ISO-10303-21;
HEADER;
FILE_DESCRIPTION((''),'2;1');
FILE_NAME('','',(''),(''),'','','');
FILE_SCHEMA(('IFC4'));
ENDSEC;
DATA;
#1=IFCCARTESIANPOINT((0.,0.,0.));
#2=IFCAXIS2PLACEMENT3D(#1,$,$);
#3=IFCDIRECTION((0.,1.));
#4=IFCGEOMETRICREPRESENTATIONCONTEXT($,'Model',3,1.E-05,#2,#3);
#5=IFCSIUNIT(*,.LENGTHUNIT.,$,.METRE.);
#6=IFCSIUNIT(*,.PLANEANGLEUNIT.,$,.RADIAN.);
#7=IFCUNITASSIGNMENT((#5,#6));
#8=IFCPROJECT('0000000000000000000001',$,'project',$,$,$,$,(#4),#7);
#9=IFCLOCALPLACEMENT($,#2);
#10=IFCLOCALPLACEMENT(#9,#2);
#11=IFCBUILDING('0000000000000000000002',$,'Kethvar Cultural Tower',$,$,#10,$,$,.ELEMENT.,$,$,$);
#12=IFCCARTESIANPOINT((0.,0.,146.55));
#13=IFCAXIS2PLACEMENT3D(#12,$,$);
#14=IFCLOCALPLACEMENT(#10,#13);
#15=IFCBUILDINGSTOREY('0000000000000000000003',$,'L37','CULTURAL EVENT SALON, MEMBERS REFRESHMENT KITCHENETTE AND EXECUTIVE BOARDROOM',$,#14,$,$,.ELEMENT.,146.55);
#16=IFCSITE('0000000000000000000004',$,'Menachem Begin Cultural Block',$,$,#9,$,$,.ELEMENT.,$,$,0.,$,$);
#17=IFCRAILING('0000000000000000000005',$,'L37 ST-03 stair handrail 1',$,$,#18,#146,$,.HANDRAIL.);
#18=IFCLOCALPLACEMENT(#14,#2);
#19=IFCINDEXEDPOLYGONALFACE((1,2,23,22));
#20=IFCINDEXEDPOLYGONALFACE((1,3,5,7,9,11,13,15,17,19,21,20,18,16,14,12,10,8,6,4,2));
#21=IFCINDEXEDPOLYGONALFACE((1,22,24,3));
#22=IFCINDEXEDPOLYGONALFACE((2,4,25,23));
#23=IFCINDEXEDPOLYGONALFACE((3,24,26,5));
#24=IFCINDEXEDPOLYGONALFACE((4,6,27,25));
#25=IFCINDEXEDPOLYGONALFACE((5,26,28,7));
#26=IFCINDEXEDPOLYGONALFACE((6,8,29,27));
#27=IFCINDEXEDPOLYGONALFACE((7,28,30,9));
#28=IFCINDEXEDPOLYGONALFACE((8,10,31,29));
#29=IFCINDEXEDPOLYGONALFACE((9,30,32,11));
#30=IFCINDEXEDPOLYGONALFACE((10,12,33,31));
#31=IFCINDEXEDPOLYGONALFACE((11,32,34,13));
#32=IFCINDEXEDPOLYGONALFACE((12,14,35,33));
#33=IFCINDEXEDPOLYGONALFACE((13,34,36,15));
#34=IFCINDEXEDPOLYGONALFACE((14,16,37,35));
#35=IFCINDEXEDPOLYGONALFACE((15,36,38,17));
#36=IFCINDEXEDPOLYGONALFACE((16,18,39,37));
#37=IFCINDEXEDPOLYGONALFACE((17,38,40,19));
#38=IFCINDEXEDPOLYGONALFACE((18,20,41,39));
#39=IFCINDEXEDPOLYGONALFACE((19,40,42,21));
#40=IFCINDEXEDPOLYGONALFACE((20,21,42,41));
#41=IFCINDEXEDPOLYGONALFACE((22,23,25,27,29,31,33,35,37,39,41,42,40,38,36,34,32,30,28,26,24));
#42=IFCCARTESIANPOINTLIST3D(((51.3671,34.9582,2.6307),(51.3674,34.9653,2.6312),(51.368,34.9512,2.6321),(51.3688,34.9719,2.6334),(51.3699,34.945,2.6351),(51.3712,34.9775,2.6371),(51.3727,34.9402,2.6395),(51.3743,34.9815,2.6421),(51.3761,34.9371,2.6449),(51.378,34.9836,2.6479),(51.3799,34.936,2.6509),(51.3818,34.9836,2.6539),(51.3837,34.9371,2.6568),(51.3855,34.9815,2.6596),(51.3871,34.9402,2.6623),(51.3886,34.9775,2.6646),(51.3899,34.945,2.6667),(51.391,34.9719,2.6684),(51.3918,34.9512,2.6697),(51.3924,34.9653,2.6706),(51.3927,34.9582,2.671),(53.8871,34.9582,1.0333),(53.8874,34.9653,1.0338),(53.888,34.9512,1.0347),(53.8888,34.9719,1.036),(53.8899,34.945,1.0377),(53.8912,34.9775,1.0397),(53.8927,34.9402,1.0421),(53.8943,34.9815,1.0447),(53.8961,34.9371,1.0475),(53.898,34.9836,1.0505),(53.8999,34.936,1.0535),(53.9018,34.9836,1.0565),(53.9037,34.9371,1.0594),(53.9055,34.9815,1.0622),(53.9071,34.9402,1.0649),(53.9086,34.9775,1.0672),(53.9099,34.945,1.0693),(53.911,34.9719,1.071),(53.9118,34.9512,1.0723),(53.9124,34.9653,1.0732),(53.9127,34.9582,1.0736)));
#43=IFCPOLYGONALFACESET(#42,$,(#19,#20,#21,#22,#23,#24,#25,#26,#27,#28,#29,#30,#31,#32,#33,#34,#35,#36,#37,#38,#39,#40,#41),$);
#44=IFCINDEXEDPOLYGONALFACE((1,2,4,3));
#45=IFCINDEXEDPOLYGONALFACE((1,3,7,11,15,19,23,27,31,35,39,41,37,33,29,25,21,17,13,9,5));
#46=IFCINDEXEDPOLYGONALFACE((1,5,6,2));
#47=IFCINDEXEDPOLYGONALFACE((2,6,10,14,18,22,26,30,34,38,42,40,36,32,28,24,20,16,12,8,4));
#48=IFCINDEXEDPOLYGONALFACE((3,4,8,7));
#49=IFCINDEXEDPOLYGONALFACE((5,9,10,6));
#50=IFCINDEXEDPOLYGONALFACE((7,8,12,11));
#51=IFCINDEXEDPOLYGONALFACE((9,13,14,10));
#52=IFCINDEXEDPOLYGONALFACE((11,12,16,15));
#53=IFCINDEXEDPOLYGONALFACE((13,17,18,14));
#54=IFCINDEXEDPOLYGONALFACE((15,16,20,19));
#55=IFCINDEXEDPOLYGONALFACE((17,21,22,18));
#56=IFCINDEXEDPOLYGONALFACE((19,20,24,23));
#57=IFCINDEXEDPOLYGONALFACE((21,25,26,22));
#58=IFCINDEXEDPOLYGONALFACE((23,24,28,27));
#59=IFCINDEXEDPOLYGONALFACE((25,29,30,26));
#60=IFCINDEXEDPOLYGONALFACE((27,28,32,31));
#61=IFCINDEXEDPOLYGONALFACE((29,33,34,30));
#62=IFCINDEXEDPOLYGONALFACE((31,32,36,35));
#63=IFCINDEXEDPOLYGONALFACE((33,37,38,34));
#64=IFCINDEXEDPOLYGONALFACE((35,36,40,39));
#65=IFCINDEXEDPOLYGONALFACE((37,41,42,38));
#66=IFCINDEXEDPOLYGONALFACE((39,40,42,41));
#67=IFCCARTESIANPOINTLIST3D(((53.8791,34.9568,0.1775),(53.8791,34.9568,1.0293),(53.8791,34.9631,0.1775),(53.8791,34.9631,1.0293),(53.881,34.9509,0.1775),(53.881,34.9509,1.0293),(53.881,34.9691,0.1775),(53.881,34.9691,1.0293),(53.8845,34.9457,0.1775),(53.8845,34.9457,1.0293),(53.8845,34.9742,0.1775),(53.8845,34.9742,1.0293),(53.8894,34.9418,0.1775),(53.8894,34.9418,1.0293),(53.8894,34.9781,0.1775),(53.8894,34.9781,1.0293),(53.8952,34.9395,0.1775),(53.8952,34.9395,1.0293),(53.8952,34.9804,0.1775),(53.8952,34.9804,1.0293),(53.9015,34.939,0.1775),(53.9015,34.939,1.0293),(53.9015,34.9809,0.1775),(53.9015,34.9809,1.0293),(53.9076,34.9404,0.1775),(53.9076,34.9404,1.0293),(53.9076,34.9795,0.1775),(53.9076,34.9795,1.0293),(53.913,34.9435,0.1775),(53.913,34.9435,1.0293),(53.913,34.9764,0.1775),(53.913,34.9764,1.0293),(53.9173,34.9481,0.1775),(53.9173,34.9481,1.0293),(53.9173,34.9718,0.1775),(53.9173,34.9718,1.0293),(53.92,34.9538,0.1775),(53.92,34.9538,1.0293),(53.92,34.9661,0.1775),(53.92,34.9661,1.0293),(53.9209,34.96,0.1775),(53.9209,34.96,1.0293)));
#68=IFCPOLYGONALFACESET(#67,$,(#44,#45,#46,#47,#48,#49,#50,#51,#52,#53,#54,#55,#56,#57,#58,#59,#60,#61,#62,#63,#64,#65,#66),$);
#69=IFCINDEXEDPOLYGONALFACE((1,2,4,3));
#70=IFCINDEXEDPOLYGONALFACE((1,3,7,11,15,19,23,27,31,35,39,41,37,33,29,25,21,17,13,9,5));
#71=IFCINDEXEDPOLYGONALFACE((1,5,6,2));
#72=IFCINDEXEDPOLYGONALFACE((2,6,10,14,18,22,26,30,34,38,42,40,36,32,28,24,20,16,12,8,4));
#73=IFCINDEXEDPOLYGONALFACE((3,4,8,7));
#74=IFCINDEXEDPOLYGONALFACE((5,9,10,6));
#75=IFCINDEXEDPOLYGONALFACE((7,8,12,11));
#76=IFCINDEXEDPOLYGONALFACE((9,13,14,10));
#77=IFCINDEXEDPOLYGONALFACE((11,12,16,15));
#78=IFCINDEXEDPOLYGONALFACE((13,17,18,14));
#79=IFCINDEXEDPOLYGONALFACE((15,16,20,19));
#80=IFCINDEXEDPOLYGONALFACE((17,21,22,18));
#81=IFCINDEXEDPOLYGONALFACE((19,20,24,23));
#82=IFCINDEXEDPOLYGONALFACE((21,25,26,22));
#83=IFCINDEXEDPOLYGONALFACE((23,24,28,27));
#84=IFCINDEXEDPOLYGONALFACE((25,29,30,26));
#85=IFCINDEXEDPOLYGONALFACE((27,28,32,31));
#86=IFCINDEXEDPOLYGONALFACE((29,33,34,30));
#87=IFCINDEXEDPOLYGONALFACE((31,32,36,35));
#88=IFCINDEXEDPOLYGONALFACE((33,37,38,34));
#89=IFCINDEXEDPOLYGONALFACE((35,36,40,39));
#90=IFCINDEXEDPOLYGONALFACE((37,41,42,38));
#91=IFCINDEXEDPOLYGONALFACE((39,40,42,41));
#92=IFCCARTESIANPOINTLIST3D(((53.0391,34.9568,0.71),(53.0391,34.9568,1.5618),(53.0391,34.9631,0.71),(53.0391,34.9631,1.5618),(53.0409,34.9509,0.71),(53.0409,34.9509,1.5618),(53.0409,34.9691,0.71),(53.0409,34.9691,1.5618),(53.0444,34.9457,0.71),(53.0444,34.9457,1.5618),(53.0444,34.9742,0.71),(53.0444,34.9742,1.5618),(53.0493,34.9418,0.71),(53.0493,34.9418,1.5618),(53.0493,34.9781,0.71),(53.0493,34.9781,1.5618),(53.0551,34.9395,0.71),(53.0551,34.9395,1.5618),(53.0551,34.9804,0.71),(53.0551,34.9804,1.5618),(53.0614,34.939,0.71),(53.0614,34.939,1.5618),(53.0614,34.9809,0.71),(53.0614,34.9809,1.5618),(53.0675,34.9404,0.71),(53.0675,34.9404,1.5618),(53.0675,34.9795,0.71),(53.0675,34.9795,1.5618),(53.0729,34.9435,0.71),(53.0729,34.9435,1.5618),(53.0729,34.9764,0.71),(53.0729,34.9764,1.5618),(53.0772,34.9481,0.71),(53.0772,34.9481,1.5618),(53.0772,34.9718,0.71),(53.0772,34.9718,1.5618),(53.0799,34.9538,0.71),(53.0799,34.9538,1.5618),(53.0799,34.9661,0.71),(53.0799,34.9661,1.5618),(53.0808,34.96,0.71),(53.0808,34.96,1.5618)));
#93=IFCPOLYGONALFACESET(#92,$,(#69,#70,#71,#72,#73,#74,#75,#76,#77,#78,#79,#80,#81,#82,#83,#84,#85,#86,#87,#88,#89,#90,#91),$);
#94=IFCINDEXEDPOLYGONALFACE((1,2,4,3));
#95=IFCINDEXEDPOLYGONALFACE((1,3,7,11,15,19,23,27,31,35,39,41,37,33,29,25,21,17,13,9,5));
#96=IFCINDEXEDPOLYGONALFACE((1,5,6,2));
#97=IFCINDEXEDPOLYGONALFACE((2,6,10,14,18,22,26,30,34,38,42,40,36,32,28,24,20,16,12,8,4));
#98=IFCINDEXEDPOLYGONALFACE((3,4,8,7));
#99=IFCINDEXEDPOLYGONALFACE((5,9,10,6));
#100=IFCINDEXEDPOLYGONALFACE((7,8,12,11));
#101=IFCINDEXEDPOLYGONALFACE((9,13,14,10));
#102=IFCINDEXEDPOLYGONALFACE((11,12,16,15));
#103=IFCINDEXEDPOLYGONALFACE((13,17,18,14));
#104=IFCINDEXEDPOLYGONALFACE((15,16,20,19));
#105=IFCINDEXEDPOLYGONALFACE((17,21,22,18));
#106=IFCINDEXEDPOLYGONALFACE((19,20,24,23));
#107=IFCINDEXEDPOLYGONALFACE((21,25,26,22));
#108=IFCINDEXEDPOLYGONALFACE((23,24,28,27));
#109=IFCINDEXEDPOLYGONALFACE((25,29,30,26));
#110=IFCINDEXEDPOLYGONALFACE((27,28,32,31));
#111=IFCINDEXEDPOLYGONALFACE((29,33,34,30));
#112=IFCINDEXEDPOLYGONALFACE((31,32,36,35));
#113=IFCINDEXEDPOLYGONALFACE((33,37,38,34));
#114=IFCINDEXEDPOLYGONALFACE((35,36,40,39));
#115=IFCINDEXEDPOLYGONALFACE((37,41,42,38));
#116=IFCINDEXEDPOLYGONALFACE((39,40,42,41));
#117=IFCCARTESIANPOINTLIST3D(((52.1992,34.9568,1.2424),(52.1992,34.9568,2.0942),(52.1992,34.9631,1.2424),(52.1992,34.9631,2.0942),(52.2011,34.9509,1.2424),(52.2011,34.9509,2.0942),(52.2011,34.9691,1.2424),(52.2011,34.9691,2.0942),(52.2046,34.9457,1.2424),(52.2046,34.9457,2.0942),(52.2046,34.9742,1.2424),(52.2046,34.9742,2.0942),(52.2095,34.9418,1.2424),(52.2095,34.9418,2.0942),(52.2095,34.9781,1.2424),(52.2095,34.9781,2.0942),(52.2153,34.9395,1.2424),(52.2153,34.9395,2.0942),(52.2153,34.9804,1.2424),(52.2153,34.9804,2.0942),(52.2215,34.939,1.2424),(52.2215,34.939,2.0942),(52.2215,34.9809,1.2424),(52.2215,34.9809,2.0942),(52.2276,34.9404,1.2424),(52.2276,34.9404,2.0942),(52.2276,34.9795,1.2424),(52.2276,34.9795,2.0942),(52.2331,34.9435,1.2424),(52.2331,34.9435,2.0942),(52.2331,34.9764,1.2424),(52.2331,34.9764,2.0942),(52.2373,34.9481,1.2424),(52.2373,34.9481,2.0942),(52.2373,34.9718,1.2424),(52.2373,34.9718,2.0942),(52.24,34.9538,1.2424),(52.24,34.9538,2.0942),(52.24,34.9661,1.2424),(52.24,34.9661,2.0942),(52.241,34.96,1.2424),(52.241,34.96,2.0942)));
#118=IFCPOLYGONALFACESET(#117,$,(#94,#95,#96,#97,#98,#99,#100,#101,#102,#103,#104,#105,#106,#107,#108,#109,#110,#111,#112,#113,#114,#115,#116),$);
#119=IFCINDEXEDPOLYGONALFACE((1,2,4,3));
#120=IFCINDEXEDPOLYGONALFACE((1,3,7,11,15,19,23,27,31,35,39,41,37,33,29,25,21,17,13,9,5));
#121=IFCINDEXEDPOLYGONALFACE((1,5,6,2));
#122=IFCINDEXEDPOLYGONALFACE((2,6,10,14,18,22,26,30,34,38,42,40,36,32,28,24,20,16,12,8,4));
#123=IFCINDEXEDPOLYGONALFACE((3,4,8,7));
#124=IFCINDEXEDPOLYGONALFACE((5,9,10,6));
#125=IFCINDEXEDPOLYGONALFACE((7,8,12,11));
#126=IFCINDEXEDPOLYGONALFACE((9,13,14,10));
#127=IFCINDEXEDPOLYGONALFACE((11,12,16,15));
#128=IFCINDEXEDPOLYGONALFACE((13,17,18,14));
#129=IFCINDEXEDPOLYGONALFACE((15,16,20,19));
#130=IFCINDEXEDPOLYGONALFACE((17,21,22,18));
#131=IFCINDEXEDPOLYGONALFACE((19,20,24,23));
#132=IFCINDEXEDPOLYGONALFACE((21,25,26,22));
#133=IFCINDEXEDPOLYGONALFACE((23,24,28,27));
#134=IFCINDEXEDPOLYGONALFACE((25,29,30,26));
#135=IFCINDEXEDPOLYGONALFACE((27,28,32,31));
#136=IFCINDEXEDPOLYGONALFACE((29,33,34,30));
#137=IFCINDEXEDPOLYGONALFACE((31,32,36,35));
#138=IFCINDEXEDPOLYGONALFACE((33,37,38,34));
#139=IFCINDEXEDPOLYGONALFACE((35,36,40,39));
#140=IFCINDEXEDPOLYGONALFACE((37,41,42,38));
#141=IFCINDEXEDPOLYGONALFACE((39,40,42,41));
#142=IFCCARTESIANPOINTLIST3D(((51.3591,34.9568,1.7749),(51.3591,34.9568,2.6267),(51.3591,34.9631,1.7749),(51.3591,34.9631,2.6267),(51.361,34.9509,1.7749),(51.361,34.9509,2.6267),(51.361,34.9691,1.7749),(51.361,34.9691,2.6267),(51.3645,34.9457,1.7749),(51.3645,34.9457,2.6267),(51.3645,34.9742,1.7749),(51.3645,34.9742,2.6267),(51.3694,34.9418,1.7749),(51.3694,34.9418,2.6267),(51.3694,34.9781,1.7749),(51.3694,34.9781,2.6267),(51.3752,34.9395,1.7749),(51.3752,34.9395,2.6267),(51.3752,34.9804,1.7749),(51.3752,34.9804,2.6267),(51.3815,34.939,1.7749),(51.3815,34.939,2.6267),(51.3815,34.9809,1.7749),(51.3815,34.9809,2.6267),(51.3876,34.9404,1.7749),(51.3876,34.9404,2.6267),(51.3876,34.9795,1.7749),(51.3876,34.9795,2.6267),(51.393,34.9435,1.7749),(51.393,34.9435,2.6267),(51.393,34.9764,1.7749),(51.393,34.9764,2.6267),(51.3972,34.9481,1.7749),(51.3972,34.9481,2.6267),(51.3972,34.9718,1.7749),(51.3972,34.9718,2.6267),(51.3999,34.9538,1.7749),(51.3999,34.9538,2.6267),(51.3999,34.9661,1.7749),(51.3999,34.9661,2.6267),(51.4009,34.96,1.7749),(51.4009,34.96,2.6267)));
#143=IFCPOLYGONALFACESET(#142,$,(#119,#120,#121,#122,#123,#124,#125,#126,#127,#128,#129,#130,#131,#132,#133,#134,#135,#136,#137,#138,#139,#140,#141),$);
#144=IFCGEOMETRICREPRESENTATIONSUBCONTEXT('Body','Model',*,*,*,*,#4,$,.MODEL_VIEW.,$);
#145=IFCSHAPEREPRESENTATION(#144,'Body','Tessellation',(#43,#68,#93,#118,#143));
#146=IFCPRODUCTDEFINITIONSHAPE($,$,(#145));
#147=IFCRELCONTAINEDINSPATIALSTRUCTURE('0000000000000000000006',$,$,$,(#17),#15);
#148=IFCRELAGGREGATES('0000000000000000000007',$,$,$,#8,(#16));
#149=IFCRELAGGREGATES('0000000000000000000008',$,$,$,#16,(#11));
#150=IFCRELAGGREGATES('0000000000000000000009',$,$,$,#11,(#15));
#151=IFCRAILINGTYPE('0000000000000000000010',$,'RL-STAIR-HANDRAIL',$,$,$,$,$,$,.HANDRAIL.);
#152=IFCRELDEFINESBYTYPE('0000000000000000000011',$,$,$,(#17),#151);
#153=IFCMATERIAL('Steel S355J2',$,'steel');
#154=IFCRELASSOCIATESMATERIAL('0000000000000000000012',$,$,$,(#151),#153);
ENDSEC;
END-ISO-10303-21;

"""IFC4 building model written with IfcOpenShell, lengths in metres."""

from ifc_helpers import new_model, si_unit, direction, frame, origin, origin_2d, place, context, subcontext, project, spatial, circle, extrude, material, type_object, element, save


model = new_model("IFC4")

# Units and contexts
model_context = context("Model", 3, precision=1e-05, world=origin(), true_north=direction((0.0, 1.0)))
body_context = subcontext(model_context, "Body", "Model", "MODEL_VIEW")
ifc_project = project(units=[si_unit("LENGTHUNIT", "METRE"), si_unit("PLANEANGLEUNIT", "RADIAN")], contexts=[model_context])

# Site, building, storey
site_placement = place(None, origin())
site = spatial("IfcSite", under=ifc_project, at=site_placement, Name="Menachem Begin Cultural Block", CompositionType="ELEMENT", RefElevation=0.0)
building_placement = place(site_placement, origin())
building = spatial("IfcBuilding", under=site, at=building_placement, Name="Kethvar Cultural Tower", CompositionType="ELEMENT")
storey_placement = place(building_placement, frame((0.0, 0.0, 146.55)))
storey = spatial("IfcBuildingStorey", under=building, at=storey_placement, Name="L37", Description="CULTURAL EVENT SALON, MEMBERS REFRESHMENT KITCHENETTE AND EXECUTIVE BOARDROOM", CompositionType="ELEMENT", Elevation=146.55)

# Shared definitions
ifc_material_1 = material(Name="Steel S355J2", Category="steel")

# Railing
railing_type_1 = type_object("IfcRailingType", Name="RL-STAIR-HANDRAIL", PredefinedType="HANDRAIL", material=ifc_material_1)
railing_1_placement = place(storey_placement, frame((53.8999, 34.96, 0.1775)))
element("IfcRailing", 1, at=railing_1_placement, inside=storey, type_object=railing_type_1, Name="L37 ST-03 stair handrail 1", PredefinedType="HANDRAIL", context=body_context, shape_type="SweptSolid", body=[
    extrude(circle(Radius=0.0239, at=origin_2d()), frame((0.0, 0.0, 0.876), z_axis=(-0.844607, 0.0, 0.535387), x_axis=(0.0, -1.0, 0.0)), (0.0, 0.0, 1.0), 2.9836),
    extrude(circle(Radius=0.021, at=origin_2d()), origin(), (0.0, 0.0, 1.0), 0.8518),
    extrude(circle(Radius=0.021, at=origin_2d()), frame((-0.8401, 0.0, 0.5325)), (0.0, 0.0, 1.0), 0.8518),
    extrude(circle(Radius=0.021, at=origin_2d()), frame((-1.6799, 0.0, 1.0649)), (0.0, 0.0, 1.0), 0.8518),
    extrude(circle(Radius=0.021, at=origin_2d()), frame((-2.52, 0.0, 1.5974)), (0.0, 0.0, 1.0), 0.8518),
])

save(model, "model.ifc")
